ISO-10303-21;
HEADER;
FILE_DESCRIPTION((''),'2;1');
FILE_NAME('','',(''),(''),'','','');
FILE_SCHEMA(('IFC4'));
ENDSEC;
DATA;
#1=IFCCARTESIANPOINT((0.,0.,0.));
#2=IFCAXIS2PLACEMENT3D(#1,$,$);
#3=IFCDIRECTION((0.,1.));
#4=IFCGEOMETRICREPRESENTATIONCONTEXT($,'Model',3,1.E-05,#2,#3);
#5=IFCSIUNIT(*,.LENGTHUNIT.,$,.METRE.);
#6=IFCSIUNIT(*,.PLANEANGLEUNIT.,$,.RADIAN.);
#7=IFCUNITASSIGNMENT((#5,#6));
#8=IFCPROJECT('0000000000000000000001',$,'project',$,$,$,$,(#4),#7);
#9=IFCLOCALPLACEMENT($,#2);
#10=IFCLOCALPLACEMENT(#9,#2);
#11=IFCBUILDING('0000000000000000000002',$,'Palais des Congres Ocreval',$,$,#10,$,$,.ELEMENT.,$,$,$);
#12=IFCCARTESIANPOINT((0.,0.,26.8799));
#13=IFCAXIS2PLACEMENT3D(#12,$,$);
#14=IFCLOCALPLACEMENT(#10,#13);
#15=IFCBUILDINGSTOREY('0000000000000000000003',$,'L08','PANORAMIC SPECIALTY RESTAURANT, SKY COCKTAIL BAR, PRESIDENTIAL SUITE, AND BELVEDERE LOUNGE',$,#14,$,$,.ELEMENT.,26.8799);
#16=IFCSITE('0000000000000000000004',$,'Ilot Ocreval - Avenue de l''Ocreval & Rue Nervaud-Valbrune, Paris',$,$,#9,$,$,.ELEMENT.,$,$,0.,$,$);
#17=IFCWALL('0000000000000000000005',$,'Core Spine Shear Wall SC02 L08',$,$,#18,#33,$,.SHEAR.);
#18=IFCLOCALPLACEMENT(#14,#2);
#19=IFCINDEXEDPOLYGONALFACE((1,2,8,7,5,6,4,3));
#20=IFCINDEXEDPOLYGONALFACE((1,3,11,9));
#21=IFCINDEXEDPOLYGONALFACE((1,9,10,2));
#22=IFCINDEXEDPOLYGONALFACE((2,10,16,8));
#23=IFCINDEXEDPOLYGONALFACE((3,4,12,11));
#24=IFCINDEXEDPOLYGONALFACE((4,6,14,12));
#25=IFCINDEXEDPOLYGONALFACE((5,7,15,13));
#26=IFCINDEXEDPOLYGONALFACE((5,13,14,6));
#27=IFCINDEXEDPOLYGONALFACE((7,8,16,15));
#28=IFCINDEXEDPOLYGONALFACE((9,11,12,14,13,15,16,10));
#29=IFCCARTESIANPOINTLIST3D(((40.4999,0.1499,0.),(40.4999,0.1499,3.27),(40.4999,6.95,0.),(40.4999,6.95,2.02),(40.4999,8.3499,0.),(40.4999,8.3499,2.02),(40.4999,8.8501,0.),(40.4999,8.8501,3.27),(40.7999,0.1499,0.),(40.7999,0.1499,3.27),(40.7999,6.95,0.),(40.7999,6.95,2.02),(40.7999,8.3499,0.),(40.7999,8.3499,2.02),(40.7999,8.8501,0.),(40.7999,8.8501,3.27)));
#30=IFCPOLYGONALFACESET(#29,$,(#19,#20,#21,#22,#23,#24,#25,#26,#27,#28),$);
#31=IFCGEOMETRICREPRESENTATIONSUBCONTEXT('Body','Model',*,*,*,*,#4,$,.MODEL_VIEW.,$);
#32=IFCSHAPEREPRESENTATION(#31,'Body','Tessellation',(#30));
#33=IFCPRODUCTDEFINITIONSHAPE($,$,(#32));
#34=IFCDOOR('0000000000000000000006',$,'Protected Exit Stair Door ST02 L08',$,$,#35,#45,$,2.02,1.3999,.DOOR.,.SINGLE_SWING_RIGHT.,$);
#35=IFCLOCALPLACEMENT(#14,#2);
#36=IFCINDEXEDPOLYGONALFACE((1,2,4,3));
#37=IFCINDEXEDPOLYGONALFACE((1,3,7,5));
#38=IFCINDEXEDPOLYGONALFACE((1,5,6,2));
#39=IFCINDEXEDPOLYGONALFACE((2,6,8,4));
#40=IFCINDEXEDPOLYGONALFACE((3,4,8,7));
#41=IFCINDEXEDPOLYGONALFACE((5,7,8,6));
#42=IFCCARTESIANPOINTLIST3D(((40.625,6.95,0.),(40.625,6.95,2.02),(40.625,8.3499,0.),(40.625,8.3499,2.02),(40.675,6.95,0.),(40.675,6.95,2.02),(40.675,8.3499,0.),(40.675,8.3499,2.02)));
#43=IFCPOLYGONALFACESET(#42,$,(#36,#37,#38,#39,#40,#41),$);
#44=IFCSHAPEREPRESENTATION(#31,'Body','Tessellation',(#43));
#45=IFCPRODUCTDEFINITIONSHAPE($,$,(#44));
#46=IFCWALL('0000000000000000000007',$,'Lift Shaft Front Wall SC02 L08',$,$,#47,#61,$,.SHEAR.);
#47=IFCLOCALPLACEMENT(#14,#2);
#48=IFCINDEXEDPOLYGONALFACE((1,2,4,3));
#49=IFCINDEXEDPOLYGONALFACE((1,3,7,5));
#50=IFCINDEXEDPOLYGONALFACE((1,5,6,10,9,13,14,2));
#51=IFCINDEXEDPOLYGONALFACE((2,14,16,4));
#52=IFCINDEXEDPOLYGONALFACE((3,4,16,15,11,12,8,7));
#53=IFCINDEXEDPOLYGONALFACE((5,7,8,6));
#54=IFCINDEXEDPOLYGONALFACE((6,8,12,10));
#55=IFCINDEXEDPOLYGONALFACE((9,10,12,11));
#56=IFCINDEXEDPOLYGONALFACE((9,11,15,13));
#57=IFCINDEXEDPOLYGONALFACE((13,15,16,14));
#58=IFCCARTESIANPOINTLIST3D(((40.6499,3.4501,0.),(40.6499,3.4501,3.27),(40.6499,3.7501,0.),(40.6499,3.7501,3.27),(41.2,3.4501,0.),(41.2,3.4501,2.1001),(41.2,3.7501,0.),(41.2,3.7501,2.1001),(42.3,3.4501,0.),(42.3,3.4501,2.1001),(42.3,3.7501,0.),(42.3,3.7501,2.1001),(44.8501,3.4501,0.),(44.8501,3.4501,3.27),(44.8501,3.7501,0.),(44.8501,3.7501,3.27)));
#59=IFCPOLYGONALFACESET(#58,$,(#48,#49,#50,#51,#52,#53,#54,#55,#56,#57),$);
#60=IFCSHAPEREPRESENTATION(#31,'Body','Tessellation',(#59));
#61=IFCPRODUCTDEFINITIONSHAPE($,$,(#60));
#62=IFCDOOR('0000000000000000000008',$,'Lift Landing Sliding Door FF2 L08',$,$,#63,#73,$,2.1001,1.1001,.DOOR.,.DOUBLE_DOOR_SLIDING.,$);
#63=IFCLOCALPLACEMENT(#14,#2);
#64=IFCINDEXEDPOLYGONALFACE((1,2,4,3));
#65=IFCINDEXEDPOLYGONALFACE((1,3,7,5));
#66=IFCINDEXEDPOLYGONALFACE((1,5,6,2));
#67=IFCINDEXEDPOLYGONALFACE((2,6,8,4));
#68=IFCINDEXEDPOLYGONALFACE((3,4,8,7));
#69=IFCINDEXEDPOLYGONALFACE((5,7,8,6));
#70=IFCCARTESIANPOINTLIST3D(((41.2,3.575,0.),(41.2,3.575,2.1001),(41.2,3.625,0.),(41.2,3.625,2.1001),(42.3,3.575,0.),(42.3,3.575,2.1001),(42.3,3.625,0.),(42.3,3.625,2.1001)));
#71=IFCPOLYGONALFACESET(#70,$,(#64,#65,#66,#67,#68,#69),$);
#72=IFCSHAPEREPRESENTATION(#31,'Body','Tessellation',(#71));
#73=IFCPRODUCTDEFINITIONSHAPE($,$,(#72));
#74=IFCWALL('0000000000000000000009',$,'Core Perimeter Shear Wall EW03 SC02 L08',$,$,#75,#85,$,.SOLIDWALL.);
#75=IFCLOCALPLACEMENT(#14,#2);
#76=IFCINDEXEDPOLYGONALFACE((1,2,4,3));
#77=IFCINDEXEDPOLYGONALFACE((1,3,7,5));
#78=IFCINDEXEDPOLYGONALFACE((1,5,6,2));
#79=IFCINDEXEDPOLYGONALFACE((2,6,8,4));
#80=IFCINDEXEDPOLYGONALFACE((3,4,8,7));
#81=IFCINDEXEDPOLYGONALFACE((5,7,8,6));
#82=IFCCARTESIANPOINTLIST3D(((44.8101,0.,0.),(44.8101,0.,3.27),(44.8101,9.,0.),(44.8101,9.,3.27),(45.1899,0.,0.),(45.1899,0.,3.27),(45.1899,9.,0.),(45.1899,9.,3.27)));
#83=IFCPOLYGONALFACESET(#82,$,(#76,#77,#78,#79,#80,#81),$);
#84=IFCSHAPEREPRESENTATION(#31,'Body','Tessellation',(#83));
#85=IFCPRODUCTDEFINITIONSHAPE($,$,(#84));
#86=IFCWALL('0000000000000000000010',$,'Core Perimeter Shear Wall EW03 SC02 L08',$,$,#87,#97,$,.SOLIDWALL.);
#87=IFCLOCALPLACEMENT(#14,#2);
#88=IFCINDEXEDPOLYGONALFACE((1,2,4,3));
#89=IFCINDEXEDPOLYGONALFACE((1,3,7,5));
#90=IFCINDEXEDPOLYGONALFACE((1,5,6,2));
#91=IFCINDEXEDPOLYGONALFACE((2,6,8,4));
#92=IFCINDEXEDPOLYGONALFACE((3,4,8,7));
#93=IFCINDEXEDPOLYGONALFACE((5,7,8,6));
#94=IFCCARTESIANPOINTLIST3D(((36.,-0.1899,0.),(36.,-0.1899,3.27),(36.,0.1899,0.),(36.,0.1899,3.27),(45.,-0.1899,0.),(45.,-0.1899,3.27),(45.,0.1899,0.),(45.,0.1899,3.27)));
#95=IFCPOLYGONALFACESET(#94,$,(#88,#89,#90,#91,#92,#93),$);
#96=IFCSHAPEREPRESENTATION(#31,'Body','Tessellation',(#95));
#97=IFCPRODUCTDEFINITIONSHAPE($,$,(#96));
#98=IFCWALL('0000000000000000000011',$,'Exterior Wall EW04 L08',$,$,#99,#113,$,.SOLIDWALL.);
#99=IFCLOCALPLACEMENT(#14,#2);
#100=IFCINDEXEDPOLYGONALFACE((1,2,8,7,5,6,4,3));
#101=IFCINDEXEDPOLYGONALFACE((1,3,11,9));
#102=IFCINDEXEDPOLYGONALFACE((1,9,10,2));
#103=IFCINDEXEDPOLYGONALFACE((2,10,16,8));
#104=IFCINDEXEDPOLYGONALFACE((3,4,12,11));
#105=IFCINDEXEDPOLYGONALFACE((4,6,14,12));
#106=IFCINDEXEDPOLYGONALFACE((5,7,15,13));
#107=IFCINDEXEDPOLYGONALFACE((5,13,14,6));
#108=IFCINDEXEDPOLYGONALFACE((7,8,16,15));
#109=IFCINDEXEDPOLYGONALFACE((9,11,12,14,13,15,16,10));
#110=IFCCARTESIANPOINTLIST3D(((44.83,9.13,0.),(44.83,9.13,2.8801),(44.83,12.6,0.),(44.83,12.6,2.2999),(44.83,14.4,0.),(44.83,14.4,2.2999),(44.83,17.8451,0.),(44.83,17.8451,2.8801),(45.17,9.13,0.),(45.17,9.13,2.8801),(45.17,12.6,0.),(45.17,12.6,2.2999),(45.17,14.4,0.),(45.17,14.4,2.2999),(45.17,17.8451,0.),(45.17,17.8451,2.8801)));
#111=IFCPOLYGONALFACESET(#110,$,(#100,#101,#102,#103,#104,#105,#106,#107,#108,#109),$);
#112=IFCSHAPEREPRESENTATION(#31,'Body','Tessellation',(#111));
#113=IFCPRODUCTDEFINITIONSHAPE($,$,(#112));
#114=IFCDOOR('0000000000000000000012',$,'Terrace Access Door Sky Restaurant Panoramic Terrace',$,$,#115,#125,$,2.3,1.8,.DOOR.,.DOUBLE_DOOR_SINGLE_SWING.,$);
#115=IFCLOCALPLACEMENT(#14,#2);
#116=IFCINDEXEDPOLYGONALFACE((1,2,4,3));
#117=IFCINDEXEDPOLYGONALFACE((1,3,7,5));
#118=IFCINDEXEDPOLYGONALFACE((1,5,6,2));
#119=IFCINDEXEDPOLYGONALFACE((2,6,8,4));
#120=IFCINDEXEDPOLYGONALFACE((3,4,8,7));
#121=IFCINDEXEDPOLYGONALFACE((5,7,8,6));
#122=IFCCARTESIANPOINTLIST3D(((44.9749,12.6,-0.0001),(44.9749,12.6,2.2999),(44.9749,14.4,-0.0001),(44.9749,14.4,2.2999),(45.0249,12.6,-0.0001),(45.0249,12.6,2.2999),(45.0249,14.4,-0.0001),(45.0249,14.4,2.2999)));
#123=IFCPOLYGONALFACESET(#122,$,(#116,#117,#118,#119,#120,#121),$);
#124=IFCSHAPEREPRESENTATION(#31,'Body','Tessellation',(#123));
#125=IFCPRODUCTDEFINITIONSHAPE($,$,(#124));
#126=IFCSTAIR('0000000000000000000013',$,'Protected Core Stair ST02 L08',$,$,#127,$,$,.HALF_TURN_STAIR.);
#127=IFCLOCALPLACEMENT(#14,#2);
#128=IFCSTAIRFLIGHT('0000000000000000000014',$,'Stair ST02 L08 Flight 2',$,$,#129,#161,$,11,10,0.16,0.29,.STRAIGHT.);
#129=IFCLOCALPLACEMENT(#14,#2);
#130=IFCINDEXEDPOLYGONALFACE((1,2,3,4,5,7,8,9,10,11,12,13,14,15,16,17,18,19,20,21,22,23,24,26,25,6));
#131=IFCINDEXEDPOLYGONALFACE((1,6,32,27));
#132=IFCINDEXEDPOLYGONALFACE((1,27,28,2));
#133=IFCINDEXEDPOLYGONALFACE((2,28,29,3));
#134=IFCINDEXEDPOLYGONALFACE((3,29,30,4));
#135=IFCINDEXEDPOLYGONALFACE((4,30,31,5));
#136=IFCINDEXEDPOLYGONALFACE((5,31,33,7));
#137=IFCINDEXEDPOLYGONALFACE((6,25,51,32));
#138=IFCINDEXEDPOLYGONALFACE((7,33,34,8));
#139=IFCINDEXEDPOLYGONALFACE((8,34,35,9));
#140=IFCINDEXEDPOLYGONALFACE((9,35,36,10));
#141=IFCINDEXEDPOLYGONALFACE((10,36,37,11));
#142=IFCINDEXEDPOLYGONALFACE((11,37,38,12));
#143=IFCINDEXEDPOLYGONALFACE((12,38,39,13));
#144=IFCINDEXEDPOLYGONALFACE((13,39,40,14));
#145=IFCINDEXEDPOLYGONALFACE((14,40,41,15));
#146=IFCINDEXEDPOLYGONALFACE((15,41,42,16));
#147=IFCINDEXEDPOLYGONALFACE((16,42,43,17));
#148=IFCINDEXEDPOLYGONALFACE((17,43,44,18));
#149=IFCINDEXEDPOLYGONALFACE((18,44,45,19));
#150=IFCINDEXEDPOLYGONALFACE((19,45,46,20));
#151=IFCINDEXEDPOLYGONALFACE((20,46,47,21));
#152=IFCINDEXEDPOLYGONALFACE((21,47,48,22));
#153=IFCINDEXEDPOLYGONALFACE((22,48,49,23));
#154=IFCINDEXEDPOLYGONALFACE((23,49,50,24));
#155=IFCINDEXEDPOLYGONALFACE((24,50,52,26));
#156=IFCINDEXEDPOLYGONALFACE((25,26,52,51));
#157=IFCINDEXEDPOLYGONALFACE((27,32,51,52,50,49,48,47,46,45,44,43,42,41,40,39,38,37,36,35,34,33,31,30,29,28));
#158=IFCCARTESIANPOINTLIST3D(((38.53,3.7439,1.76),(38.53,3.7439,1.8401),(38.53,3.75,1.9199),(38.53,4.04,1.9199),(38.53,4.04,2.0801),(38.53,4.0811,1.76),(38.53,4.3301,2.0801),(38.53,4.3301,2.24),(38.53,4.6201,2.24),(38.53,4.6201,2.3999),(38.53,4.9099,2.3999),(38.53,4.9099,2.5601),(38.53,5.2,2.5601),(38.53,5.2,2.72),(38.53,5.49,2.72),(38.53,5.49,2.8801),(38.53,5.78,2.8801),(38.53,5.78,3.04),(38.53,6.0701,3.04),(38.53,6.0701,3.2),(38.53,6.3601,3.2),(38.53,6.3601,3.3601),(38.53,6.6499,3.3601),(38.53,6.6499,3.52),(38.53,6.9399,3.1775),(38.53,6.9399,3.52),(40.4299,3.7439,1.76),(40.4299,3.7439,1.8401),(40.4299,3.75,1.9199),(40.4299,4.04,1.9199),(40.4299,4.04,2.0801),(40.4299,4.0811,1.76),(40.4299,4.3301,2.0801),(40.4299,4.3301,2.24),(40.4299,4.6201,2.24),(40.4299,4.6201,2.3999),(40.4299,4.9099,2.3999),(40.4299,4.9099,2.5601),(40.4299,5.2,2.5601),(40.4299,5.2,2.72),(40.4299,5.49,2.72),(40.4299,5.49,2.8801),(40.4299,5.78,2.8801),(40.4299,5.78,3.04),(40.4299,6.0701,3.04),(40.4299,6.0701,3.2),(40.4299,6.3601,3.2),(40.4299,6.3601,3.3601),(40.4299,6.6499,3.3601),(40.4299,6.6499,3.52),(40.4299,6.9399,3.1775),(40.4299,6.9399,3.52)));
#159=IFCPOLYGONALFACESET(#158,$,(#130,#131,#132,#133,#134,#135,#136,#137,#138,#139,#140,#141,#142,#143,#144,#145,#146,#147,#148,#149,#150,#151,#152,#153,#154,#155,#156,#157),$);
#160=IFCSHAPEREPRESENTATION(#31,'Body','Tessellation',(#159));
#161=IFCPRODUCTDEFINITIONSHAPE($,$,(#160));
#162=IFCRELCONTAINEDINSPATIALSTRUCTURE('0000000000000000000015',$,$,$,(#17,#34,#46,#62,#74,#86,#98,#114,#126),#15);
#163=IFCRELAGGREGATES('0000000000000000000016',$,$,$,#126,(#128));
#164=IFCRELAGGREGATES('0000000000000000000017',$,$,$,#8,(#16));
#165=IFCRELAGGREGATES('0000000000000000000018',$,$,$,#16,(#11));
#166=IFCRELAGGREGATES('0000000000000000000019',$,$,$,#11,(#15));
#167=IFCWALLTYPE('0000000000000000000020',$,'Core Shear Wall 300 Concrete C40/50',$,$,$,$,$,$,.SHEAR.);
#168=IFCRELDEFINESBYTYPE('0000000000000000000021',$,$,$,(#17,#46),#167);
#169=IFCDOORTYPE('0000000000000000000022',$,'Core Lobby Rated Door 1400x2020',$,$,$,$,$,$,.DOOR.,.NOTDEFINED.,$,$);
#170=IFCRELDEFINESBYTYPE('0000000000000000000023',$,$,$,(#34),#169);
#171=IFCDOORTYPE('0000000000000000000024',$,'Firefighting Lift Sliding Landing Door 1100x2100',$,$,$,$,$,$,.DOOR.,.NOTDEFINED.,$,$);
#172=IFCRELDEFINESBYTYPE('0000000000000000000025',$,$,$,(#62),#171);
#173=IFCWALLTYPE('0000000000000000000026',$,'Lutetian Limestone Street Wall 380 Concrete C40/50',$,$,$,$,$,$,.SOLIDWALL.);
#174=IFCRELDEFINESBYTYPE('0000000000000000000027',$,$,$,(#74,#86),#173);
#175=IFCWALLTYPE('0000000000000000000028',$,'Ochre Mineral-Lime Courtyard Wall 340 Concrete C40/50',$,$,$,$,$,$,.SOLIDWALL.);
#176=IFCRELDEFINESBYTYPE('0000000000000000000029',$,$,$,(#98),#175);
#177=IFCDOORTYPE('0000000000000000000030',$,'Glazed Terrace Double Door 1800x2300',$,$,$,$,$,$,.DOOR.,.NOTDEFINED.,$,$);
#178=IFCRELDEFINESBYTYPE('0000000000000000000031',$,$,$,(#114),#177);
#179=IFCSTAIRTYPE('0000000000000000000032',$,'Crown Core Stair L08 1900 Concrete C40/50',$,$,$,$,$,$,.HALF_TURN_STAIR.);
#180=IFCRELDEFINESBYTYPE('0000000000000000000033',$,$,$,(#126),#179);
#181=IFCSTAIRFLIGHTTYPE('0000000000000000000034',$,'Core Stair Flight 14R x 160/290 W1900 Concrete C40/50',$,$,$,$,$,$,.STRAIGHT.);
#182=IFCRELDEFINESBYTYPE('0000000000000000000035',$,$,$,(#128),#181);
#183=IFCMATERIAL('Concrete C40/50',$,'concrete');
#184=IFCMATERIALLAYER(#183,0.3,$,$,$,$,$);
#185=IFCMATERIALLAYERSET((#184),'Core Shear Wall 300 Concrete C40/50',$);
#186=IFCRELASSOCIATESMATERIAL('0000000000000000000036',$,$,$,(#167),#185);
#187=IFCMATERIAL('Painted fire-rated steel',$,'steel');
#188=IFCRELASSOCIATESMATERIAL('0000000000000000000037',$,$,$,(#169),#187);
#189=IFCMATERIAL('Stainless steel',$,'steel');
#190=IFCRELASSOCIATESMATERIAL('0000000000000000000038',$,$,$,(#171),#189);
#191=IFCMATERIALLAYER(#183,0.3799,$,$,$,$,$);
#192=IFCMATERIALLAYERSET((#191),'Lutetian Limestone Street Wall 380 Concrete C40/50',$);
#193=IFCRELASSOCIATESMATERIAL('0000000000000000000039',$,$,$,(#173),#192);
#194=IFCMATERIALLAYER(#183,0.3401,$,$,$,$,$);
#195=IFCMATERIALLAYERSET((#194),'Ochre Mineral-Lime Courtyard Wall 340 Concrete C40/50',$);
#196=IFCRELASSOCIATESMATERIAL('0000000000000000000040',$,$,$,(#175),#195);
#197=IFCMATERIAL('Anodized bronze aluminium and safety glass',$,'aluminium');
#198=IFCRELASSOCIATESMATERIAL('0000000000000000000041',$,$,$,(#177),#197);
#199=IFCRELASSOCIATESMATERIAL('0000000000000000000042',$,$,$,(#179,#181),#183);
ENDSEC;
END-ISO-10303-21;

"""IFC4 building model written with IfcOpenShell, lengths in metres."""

from ifc_helpers import new_model, si_unit, direction, frame, frame_2d, origin, place, context, subcontext, project, spatial, polyline, rectangle, outline, extrude, material, layer, layer_set, type_object, element, fill, aggregate, save


model = new_model("IFC4")

# Units and contexts
model_context = context("Model", 3, precision=1e-05, world=origin(), true_north=direction((0.0, 1.0)))
body_context = subcontext(model_context, "Body", "Model", "MODEL_VIEW")
ifc_project = project(units=[si_unit("LENGTHUNIT", "METRE"), si_unit("PLANEANGLEUNIT", "RADIAN")], contexts=[model_context])

# Site, building, storey
site_placement = place(None, origin())
site = spatial("IfcSite", under=ifc_project, at=site_placement, Name="Ilot Ocreval - Avenue de l'Ocreval & Rue Nervaud-Valbrune, Paris", CompositionType="ELEMENT", RefElevation=0.0)
building_placement = place(site_placement, origin())
building = spatial("IfcBuilding", under=site, at=building_placement, Name="Palais des Congres Ocreval", CompositionType="ELEMENT")
storey_placement = place(building_placement, frame((0.0, 0.0, 26.8799)))
storey = spatial("IfcBuildingStorey", under=building, at=storey_placement, Name="L08", Description="PANORAMIC SPECIALTY RESTAURANT, SKY COCKTAIL BAR, PRESIDENTIAL SUITE, AND BELVEDERE LOUNGE", CompositionType="ELEMENT", Elevation=26.8799)

# Walls, openings, doors
ifc_material_1 = material(Name="Concrete C40/50", Category="concrete")
ifc_layer_1 = layer(ifc_material_1, 0.3)
ifc_layer_set_1 = layer_set([ifc_layer_1], Name="Core Shear Wall 300 Concrete C40/50")
wall_type_1 = type_object("IfcWallType", Name="Core Shear Wall 300 Concrete C40/50", PredefinedType="SHEAR", material=ifc_layer_set_1)
wall_1_placement = place(storey_placement, frame((40.6499, 0.1499, 0.0), z_axis=(0.0, 0.0, 1.0), x_axis=(0.0, 1.0, 0.0)))
wall_1 = element("IfcWall", 1, at=wall_1_placement, inside=storey, type_object=wall_type_1, Name="Core Spine Shear Wall SC02 L08", PredefinedType="SHEAR", context=body_context, shape_type="SweptSolid", body=[
    extrude(rectangle(XDim=8.7002, YDim=0.3, at=frame_2d((4.3501, 0.0))), origin(), (0.0, 0.0, 1.0), 3.27),
])
opening_1_placement = place(wall_1_placement, frame((6.8, 0.0, 0.0)))
opening_1 = element("IfcOpeningElement", 2, at=opening_1_placement, cuts=wall_1, PredefinedType="OPENING", context=body_context, shape_type="SweptSolid", body=[
    extrude(rectangle(XDim=1.3999, YDim=2.02, at=frame_2d((0.7, 1.01))), frame((0.0, 0.1599, 0.0), z_axis=(0.0, -1.0, 0.0), x_axis=(1.0, 0.0, 0.0)), (0.0, 0.0, 1.0), 0.3201),
])
ifc_material_2 = material(Name="Painted fire-rated steel", Category="steel")
door_type_1 = type_object("IfcDoorType", Name="Core Lobby Rated Door 1400x2020", OperationType="NOTDEFINED", PredefinedType="DOOR", material=ifc_material_2)
door_1_placement = place(opening_1_placement, origin())
door_1 = element("IfcDoor", 3, at=door_1_placement, inside=storey, type_object=door_type_1, Name="Protected Exit Stair Door ST02 L08", OperationType="SINGLE_SWING_RIGHT", OverallHeight=2.02, OverallWidth=1.3999, PredefinedType="DOOR", context=body_context, shape_type="SweptSolid", body=[
    extrude(rectangle(XDim=1.3999, YDim=2.02, at=frame_2d((0.7, 1.01))), frame((0.0, 0.0249, 0.0), z_axis=(0.0, -1.0, 0.0), x_axis=(1.0, 0.0, 0.0)), (0.0, 0.0, 1.0), 0.05),
])
fill(opening_1, door_1)
wall_2_placement = place(storey_placement, frame((40.6499, 3.6001, 0.0), z_axis=(0.0, 0.0, 1.0), x_axis=(1.0, 0.0, 0.0)))
wall_2 = element("IfcWall", 4, at=wall_2_placement, inside=storey, type_object=wall_type_1, Name="Lift Shaft Front Wall SC02 L08", PredefinedType="SHEAR", context=body_context, shape_type="SweptSolid", body=[
    extrude(rectangle(XDim=4.2002, YDim=0.3, at=frame_2d((2.1001, 0.0))), origin(), (0.0, 0.0, 1.0), 3.27),
])
opening_2_placement = place(wall_2_placement, frame((0.55, 0.0, 0.0)))
opening_2 = element("IfcOpeningElement", 5, at=opening_2_placement, cuts=wall_2, PredefinedType="OPENING", context=body_context, shape_type="SweptSolid", body=[
    extrude(rectangle(XDim=1.1001, YDim=2.1001, at=frame_2d((0.55, 1.05))), frame((0.0, 0.1599, 0.0), z_axis=(0.0, -1.0, 0.0), x_axis=(1.0, 0.0, 0.0)), (0.0, 0.0, 1.0), 0.3201),
])
ifc_material_3 = material(Name="Stainless steel", Category="steel")
door_type_2 = type_object("IfcDoorType", Name="Firefighting Lift Sliding Landing Door 1100x2100", OperationType="NOTDEFINED", PredefinedType="DOOR", material=ifc_material_3)
door_2_placement = place(opening_2_placement, origin())
door_2 = element("IfcDoor", 6, at=door_2_placement, inside=storey, type_object=door_type_2, Name="Lift Landing Sliding Door FF2 L08", OperationType="DOUBLE_DOOR_SLIDING", OverallHeight=2.1001, OverallWidth=1.1001, PredefinedType="DOOR", context=body_context, shape_type="SweptSolid", body=[
    extrude(rectangle(XDim=1.1001, YDim=2.1001, at=frame_2d((0.55, 1.05))), frame((0.0, 0.0249, 0.0), z_axis=(0.0, -1.0, 0.0), x_axis=(1.0, 0.0, 0.0)), (0.0, 0.0, 1.0), 0.05),
])
fill(opening_2, door_2)

# Walls
ifc_layer_2 = layer(ifc_material_1, 0.3799)
ifc_layer_set_2 = layer_set([ifc_layer_2], Name="Lutetian Limestone Street Wall 380 Concrete C40/50")
wall_type_2 = type_object("IfcWallType", Name="Lutetian Limestone Street Wall 380 Concrete C40/50", PredefinedType="SOLIDWALL", material=ifc_layer_set_2)
for number, where, z_axis, x_axis, name in (
    (7, (45.0, 9.0, 0.0), (0.0, 0.0, 1.0), (0.0, -1.0, 0.0), "Core Perimeter Shear Wall EW03 SC02 L08"),
    (8, (45.0, 0.0, 0.0), (0.0, 0.0, 1.0), (-1.0, 0.0, 0.0), "Core Perimeter Shear Wall EW03 SC02 L08"),
):
    element("IfcWall", number, at=place(storey_placement, frame(where, z_axis=z_axis, x_axis=x_axis)), inside=storey, type_object=wall_type_2, Name=name, PredefinedType="SOLIDWALL", context=body_context, shape_type="SweptSolid", body=[
        extrude(rectangle(XDim=9.0, YDim=0.3799, at=frame_2d((4.5, 0.0))), origin(), (0.0, 0.0, 1.0), 3.27),
    ])

# Wall, opening, door
ifc_layer_3 = layer(ifc_material_1, 0.3401)
ifc_layer_set_3 = layer_set([ifc_layer_3], Name="Ochre Mineral-Lime Courtyard Wall 340 Concrete C40/50")
wall_type_3 = type_object("IfcWallType", Name="Ochre Mineral-Lime Courtyard Wall 340 Concrete C40/50", PredefinedType="SOLIDWALL", material=ifc_layer_set_3)
wall_3_placement = place(storey_placement, frame((45.0, 17.845, 0.0), z_axis=(0.0, 0.0, 1.0), x_axis=(0.0, -1.0, 0.0)))
wall_3 = element("IfcWall", 9, at=wall_3_placement, inside=storey, type_object=wall_type_3, Name="Exterior Wall EW04 L08", PredefinedType="SOLIDWALL", context=body_context, shape_type="SweptSolid", body=[
    extrude(rectangle(XDim=8.7151, YDim=0.3401, at=frame_2d((4.3574, 0.0))), origin(), (0.0, 0.0, 1.0), 2.8801),
])
opening_3_placement = place(wall_3_placement, frame((3.4451, 0.0, 0.0)))
opening_3 = element("IfcOpeningElement", 10, at=opening_3_placement, cuts=wall_3, PredefinedType="OPENING", context=body_context, shape_type="SweptSolid", body=[
    extrude(rectangle(XDim=1.8, YDim=2.3, at=frame_2d((0.8999, 1.1499))), frame((0.0, 0.1799, 0.0), z_axis=(0.0, -1.0, 0.0), x_axis=(1.0, 0.0, 0.0)), (0.0, 0.0, 1.0), 0.3601),
])
ifc_material_4 = material(Name="Anodized bronze aluminium and safety glass", Category="aluminium")
door_type_3 = type_object("IfcDoorType", Name="Glazed Terrace Double Door 1800x2300", OperationType="NOTDEFINED", PredefinedType="DOOR", material=ifc_material_4)
door_3_placement = place(opening_3_placement, origin())
door_3 = element("IfcDoor", 11, at=door_3_placement, inside=storey, type_object=door_type_3, Name="Terrace Access Door Sky Restaurant Panoramic Terrace", OperationType="DOUBLE_DOOR_SINGLE_SWING", OverallHeight=2.3, OverallWidth=1.8, PredefinedType="DOOR", context=body_context, shape_type="SweptSolid", body=[
    extrude(rectangle(XDim=1.8, YDim=2.3, at=frame_2d((0.8999, 1.1499))), frame((0.0, 0.0249, 0.0), z_axis=(0.0, -1.0, 0.0), x_axis=(1.0, 0.0, 0.0)), (0.0, 0.0, 1.0), 0.05),
])
fill(opening_3, door_3)

# Stair, stair flight
stair_type = type_object("IfcStairType", Name="Crown Core Stair L08 1900 Concrete C40/50", PredefinedType="HALF_TURN_STAIR", material=ifc_material_1)
stair_placement = place(storey_placement, origin())
stair = element("IfcStair", 12, at=stair_placement, inside=storey, type_object=stair_type, Name="Protected Core Stair ST02 L08", PredefinedType="HALF_TURN_STAIR")
stair_flight_type = type_object("IfcStairFlightType", Name="Core Stair Flight 14R x 160/290 W1900 Concrete C40/50", PredefinedType="STRAIGHT", material=ifc_material_1)
stair_flight_placement = place(storey_placement, frame((39.48, 3.75, 1.76), z_axis=(0.0, 0.0, 1.0), x_axis=(0.0, 1.0, 0.0)))
stair_flight = element("IfcStairFlight", 13, at=stair_flight_placement, type_object=stair_flight_type, Name="Stair ST02 L08 Flight 2", NumberOfRisers=11, NumberOfTreads=10, PredefinedType="STRAIGHT", RiserHeight=0.16, TreadLength=0.29, context=body_context, shape_type="SweptSolid", body=[
    extrude(outline(polyline([(-0.0061, 0.0), (-0.0061, 0.0801), (0.0, 0.1599), (0.29, 0.1599), (0.29, 0.3201), (0.5801, 0.3201), (0.5801, 0.48), (0.8701, 0.48), (0.8701, 0.6399), (1.1599, 0.6399), (1.1599, 0.8), (1.45, 0.8), (1.45, 0.96), (1.74, 0.96), (1.74, 1.1201), (2.03, 1.1201), (2.03, 1.28), (2.3201, 1.28), (2.3201, 1.4399), (2.6101, 1.4399), (2.6101, 1.6001), (2.8999, 1.6001), (2.8999, 1.76), (3.1899, 1.76), (3.1899, 1.4175), (0.3311, 0.0), (-0.0061, 0.0)])), frame((0.0, 0.95, 0.0), z_axis=(0.0, -1.0, 0.0), x_axis=(1.0, 0.0, 0.0)), (0.0, 0.0, 1.0), 1.8999),
])
aggregate(stair, [stair_flight])

save(model, "model.ifc")
